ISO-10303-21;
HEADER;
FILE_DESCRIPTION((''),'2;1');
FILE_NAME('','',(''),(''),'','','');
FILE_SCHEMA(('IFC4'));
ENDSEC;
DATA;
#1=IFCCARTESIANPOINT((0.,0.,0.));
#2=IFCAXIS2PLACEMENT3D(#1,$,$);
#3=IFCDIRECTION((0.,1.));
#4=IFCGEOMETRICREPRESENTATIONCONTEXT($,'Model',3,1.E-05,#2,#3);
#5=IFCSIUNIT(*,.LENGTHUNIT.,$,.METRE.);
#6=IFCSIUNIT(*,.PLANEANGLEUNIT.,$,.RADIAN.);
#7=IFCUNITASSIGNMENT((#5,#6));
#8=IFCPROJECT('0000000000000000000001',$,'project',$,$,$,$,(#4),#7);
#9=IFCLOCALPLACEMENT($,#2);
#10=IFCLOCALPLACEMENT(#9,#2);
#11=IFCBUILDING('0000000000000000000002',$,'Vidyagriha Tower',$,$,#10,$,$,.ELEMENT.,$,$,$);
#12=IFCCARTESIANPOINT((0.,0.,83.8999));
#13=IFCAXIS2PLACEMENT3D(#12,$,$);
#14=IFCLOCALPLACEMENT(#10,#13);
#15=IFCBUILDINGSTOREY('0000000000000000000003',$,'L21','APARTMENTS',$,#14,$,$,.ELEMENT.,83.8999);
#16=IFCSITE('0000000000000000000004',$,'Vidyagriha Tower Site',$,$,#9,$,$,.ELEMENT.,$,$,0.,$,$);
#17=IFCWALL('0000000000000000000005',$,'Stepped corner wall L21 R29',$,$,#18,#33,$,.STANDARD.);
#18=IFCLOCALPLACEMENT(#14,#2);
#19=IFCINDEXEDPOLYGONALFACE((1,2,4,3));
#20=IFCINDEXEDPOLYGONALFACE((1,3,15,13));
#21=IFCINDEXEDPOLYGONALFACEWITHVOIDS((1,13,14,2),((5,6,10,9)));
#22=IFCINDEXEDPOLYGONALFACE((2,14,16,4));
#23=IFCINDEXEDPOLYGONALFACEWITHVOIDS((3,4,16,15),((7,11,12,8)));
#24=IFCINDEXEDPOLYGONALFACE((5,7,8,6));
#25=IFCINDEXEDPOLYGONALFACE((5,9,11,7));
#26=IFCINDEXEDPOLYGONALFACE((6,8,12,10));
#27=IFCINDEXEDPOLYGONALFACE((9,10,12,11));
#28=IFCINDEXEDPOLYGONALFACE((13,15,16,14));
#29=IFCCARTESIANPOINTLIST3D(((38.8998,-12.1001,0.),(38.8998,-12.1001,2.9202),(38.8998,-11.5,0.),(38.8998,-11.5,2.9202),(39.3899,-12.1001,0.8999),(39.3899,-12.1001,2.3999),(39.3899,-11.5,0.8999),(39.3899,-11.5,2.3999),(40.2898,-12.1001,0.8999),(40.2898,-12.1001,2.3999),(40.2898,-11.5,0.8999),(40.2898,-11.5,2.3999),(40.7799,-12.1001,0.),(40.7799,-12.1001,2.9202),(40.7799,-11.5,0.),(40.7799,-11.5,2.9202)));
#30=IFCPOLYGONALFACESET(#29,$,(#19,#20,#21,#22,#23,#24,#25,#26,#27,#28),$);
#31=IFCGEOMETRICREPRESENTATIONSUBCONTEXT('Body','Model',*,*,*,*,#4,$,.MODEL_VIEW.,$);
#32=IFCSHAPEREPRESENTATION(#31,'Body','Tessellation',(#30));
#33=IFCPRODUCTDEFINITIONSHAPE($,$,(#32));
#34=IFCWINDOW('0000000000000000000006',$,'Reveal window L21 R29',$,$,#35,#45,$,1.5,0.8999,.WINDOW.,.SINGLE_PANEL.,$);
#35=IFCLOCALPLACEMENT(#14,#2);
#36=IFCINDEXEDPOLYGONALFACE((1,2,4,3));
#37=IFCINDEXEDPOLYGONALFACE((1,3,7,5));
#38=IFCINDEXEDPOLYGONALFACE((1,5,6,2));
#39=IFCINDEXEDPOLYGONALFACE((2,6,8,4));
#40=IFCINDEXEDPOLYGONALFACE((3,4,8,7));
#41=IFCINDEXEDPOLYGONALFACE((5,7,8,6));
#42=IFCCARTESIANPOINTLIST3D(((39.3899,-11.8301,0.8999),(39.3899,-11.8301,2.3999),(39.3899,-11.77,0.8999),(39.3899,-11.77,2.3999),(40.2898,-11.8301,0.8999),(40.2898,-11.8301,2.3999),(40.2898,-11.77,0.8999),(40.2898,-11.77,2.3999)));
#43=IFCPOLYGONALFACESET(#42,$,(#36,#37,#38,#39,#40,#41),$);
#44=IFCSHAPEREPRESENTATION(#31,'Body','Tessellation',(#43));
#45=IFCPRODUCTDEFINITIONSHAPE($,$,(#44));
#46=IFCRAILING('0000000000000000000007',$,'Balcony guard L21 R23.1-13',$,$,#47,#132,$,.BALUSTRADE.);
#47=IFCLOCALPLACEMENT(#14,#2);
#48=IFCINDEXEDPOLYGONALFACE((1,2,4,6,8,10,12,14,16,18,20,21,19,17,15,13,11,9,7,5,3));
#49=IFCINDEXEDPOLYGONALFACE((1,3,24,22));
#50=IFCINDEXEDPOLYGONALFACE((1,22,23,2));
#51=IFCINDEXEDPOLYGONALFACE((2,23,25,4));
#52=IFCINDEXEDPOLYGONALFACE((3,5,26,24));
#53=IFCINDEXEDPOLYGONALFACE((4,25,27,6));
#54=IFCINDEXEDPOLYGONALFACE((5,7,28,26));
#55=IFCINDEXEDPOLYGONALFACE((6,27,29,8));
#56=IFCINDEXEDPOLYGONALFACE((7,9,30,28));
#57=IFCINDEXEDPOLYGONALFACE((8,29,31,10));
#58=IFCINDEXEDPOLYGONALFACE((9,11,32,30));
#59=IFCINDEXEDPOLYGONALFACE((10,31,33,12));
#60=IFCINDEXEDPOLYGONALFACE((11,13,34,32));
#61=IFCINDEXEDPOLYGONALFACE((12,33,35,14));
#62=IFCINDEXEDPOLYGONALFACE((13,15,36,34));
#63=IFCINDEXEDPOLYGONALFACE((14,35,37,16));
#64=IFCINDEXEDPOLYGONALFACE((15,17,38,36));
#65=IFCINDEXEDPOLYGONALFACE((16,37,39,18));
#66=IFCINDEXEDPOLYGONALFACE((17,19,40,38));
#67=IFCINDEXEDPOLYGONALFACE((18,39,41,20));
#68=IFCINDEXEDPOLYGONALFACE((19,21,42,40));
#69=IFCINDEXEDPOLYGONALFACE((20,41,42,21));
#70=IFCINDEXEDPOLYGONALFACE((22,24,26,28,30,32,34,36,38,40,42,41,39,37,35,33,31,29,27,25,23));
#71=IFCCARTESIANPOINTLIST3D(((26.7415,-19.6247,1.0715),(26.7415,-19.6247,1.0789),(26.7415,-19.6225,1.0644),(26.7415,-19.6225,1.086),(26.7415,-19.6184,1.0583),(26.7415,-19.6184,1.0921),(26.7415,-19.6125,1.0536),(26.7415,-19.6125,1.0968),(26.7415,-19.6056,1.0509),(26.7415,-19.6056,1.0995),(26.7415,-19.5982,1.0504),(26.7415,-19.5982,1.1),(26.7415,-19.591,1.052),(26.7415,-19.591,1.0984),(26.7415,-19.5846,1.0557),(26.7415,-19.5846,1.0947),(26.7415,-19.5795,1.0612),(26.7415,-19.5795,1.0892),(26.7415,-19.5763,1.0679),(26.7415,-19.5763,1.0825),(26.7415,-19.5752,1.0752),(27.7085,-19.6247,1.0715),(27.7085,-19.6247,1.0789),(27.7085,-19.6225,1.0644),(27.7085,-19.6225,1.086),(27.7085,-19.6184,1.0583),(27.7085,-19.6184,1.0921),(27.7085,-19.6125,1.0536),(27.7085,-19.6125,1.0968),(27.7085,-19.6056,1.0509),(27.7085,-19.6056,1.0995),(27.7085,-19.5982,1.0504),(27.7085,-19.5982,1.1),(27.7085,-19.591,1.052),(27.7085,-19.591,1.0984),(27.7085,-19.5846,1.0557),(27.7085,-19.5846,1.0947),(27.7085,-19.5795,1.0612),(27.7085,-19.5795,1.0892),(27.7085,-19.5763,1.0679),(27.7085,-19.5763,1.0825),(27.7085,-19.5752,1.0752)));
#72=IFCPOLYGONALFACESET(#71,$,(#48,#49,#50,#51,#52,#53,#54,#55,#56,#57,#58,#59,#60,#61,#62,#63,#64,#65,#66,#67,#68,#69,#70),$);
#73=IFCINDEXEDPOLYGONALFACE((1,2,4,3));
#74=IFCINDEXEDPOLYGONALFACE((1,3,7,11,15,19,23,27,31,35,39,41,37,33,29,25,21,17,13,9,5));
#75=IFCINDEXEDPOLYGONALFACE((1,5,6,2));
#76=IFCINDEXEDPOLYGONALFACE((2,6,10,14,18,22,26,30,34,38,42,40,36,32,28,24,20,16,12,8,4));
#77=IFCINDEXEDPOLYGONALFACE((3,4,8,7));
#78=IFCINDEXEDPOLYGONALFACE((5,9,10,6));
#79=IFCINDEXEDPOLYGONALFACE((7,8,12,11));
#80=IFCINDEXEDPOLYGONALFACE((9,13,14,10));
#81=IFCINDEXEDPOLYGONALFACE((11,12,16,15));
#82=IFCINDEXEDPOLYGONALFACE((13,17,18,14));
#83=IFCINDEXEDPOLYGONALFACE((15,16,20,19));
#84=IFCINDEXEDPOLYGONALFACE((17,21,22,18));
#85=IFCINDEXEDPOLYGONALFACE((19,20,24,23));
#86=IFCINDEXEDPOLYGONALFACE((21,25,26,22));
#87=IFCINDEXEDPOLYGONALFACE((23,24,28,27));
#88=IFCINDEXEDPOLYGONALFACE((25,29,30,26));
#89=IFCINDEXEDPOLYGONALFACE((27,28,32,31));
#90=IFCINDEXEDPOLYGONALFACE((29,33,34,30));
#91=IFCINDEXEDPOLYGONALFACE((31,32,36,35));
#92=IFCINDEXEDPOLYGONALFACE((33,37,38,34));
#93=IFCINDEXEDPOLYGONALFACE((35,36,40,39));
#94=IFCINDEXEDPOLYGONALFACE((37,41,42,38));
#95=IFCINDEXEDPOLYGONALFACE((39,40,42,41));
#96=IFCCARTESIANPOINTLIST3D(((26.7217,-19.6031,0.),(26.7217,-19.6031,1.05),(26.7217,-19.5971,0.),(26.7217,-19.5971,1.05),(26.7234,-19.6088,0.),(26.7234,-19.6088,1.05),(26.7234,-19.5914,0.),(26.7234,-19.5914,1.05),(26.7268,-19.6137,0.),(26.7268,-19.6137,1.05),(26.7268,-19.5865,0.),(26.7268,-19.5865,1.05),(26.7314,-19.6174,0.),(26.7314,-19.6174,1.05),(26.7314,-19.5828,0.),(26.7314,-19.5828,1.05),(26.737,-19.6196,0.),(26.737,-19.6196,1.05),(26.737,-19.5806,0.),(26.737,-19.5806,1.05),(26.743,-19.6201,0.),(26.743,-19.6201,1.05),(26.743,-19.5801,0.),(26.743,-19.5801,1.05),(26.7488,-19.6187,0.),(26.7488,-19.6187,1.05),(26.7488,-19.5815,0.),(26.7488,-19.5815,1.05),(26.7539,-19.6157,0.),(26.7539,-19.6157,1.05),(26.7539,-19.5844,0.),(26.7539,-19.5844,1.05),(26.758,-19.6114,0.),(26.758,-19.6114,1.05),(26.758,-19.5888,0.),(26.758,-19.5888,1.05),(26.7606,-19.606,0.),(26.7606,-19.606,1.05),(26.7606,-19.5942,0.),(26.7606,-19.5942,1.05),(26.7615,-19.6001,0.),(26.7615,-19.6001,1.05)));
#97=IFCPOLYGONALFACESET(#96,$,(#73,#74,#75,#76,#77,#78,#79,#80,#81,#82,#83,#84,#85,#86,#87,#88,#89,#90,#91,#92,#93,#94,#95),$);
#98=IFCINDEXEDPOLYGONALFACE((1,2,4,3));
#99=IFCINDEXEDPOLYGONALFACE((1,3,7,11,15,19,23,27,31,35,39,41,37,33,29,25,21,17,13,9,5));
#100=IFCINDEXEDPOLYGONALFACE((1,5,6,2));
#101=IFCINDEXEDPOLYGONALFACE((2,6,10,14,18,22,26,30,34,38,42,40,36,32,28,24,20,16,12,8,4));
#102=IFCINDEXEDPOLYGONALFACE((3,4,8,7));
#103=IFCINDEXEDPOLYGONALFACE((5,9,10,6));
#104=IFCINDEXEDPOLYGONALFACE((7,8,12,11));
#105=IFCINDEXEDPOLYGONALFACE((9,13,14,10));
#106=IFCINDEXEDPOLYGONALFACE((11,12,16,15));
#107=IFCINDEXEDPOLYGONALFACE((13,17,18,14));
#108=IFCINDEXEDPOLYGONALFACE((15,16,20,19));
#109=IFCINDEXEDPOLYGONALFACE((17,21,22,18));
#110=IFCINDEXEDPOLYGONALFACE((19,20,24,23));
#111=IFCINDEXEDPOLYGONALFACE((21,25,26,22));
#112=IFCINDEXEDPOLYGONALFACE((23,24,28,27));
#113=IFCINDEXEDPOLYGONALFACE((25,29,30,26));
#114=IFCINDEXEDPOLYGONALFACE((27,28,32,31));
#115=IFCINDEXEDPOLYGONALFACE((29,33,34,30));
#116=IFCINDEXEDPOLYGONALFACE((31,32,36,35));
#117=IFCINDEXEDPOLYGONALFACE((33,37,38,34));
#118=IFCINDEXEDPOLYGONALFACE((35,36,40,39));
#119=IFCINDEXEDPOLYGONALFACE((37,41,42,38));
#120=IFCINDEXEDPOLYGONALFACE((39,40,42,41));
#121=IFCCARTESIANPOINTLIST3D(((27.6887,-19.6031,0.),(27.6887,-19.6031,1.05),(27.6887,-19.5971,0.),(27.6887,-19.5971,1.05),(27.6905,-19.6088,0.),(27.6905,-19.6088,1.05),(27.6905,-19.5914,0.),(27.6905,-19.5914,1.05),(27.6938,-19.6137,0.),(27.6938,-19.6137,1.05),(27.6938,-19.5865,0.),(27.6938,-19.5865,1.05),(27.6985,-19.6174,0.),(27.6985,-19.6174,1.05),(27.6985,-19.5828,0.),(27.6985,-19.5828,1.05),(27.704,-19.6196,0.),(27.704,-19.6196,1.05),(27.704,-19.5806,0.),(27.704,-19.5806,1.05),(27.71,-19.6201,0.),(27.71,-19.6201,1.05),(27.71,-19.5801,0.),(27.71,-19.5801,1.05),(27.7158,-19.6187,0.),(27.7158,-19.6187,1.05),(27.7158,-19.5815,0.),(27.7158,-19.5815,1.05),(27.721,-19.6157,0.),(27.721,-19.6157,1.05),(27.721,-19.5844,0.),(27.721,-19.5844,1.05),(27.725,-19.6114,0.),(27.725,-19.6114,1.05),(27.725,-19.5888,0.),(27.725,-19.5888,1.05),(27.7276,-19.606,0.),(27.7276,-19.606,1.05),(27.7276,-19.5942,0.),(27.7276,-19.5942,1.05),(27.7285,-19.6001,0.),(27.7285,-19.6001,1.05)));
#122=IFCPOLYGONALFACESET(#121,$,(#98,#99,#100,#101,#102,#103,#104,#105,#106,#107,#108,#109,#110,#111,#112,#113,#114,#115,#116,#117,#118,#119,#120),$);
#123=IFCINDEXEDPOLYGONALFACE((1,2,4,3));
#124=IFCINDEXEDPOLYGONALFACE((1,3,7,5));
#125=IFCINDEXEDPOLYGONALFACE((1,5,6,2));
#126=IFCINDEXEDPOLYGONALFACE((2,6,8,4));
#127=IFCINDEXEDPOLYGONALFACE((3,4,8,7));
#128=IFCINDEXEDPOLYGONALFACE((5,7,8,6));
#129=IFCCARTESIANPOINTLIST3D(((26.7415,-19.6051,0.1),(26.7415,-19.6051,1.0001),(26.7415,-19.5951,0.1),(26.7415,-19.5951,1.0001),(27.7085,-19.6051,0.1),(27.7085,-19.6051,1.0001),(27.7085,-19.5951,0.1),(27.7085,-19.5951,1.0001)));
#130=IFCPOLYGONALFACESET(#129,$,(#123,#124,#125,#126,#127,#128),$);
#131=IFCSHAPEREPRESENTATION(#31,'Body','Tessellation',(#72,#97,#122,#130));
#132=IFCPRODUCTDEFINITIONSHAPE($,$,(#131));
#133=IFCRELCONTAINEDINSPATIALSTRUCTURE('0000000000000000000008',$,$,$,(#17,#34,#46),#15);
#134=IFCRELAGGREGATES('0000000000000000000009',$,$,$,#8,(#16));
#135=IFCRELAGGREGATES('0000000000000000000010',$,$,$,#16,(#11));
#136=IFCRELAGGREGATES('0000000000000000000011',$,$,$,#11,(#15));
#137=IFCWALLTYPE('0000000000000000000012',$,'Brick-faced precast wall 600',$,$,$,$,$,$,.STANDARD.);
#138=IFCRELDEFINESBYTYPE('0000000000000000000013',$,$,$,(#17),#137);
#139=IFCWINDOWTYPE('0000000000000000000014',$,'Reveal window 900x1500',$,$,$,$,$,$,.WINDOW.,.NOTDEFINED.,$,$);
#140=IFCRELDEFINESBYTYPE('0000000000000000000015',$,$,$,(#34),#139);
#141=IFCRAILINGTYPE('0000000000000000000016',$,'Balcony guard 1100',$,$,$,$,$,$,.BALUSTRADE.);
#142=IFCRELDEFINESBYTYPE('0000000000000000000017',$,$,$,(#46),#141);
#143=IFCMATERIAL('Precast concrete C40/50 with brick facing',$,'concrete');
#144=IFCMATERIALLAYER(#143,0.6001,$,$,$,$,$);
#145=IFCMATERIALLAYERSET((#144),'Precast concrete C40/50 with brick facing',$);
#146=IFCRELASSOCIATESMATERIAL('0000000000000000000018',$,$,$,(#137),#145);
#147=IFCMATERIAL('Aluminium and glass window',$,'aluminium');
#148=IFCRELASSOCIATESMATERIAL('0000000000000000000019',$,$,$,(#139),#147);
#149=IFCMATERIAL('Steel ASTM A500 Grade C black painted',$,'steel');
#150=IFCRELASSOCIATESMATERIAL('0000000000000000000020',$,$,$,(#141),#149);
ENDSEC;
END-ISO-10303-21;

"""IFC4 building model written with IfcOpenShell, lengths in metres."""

from ifc_helpers import new_model, si_unit, direction, frame, frame_2d, origin, origin_2d, place, context, subcontext, project, spatial, rectangle, circle, extrude, material, layer, layer_set, type_object, element, fill, save


model = new_model("IFC4")

# Units and contexts
model_context = context("Model", 3, precision=1e-05, world=origin(), true_north=direction((0.0, 1.0)))
body_context = subcontext(model_context, "Body", "Model", "MODEL_VIEW")
ifc_project = project(units=[si_unit("LENGTHUNIT", "METRE"), si_unit("PLANEANGLEUNIT", "RADIAN")], contexts=[model_context])

# Site, building, storey
site_placement = place(None, origin())
site = spatial("IfcSite", under=ifc_project, at=site_placement, Name="Vidyagriha Tower Site", CompositionType="ELEMENT", RefElevation=0.0)
building_placement = place(site_placement, origin())
building = spatial("IfcBuilding", under=site, at=building_placement, Name="Vidyagriha Tower", CompositionType="ELEMENT")
storey_placement = place(building_placement, frame((0.0, 0.0, 83.8999)))
storey = spatial("IfcBuildingStorey", under=building, at=storey_placement, Name="L21", Description="APARTMENTS", CompositionType="ELEMENT", Elevation=83.8999)

# Shared definitions
ifc_material_1 = material(Name="Precast concrete C40/50 with brick facing", Category="concrete")
ifc_layer_1 = layer(ifc_material_1, 0.6001)
ifc_layer_set_1 = layer_set([ifc_layer_1], Name="Precast concrete C40/50 with brick facing")
wall_type = type_object("IfcWallType", Name="Brick-faced precast wall 600", PredefinedType="STANDARD", material=ifc_layer_set_1)

# Shared definitions
ifc_material_2 = material(Name="Aluminium and glass window", Category="aluminium")
window_type = type_object("IfcWindowType", Name="Reveal window 900x1500", PartitioningType="NOTDEFINED", PredefinedType="WINDOW", material=ifc_material_2)

# Wall, opening, window
wall_1_placement = place(storey_placement, frame((38.8999, -11.8, 0.0)))
wall_1 = element("IfcWall", 1, at=wall_1_placement, inside=storey, type_object=wall_type, Name="Stepped corner wall L21 R29", PredefinedType="STANDARD", context=body_context, shape_type="SweptSolid", body=[
    extrude(rectangle(XDim=1.8801, YDim=0.6001, at=frame_2d((0.9399, 0.0))), origin(), (0.0, 0.0, 1.0), 2.9202),
])
opening_1_placement = place(wall_1_placement, frame((0.49, 0.0, 0.8999)))
opening_1 = element("IfcOpeningElement", 2, at=opening_1_placement, cuts=wall_1, PredefinedType="OPENING", context=body_context, shape_type="SweptSolid", body=[
    extrude(rectangle(XDim=0.8999, YDim=1.5, at=frame_2d((0.45, 0.75))), frame((0.0, 0.3101, 0.0), z_axis=(0.0, -1.0, 0.0), x_axis=(1.0, 0.0, 0.0)), (0.0, 0.0, 1.0), 0.6201),
])
window_1_placement = place(opening_1_placement, origin())
window_1 = element("IfcWindow", 3, at=window_1_placement, inside=storey, type_object=window_type, Name="Reveal window L21 R29", OverallHeight=1.5, OverallWidth=0.8999, PartitioningType="SINGLE_PANEL", PredefinedType="WINDOW", context=body_context, shape_type="SweptSolid", body=[
    extrude(rectangle(XDim=0.8999, YDim=1.5, at=frame_2d((0.45, 0.75))), frame((0.0, 0.03, 0.0), z_axis=(0.0, -1.0, 0.0), x_axis=(1.0, 0.0, 0.0)), (0.0, 0.0, 1.0), 0.0601),
])
fill(opening_1, window_1)

# Railing
ifc_material_3 = material(Name="Steel ASTM A500 Grade C black painted", Category="steel")
railing_type_1 = type_object("IfcRailingType", Name="Balcony guard 1100", PredefinedType="BALUSTRADE", material=ifc_material_3)
railing_1_placement = place(storey_placement, frame((26.7415, -19.6001, 0.0)))
element("IfcRailing", 4, at=railing_1_placement, inside=storey, type_object=railing_type_1, Name="Balcony guard L21 R23.1-13", PredefinedType="BALUSTRADE", context=body_context, shape_type="SweptSolid", body=[
    extrude(circle(Radius=0.0249, at=origin_2d()), frame((0.0, 0.0, 1.0752), z_axis=(1.0, 0.0, 0.0), x_axis=(0.0, 1.0, 0.0)), (0.0, 0.0, 1.0), 0.967),
    extrude(circle(Radius=0.02, at=origin_2d()), origin(), (0.0, 0.0, 1.0), 1.05),
    extrude(circle(Radius=0.02, at=origin_2d()), frame((0.967, 0.0, 0.0)), (0.0, 0.0, 1.0), 1.05),
    extrude(rectangle(XDim=0.01, YDim=0.9001, at=origin_2d()), frame((0.0, 0.0, 0.55), z_axis=(1.0, 0.0, 0.0), x_axis=(0.0, 1.0, 0.0)), (0.0, 0.0, 1.0), 0.967),
])

save(model, "model.ifc")
